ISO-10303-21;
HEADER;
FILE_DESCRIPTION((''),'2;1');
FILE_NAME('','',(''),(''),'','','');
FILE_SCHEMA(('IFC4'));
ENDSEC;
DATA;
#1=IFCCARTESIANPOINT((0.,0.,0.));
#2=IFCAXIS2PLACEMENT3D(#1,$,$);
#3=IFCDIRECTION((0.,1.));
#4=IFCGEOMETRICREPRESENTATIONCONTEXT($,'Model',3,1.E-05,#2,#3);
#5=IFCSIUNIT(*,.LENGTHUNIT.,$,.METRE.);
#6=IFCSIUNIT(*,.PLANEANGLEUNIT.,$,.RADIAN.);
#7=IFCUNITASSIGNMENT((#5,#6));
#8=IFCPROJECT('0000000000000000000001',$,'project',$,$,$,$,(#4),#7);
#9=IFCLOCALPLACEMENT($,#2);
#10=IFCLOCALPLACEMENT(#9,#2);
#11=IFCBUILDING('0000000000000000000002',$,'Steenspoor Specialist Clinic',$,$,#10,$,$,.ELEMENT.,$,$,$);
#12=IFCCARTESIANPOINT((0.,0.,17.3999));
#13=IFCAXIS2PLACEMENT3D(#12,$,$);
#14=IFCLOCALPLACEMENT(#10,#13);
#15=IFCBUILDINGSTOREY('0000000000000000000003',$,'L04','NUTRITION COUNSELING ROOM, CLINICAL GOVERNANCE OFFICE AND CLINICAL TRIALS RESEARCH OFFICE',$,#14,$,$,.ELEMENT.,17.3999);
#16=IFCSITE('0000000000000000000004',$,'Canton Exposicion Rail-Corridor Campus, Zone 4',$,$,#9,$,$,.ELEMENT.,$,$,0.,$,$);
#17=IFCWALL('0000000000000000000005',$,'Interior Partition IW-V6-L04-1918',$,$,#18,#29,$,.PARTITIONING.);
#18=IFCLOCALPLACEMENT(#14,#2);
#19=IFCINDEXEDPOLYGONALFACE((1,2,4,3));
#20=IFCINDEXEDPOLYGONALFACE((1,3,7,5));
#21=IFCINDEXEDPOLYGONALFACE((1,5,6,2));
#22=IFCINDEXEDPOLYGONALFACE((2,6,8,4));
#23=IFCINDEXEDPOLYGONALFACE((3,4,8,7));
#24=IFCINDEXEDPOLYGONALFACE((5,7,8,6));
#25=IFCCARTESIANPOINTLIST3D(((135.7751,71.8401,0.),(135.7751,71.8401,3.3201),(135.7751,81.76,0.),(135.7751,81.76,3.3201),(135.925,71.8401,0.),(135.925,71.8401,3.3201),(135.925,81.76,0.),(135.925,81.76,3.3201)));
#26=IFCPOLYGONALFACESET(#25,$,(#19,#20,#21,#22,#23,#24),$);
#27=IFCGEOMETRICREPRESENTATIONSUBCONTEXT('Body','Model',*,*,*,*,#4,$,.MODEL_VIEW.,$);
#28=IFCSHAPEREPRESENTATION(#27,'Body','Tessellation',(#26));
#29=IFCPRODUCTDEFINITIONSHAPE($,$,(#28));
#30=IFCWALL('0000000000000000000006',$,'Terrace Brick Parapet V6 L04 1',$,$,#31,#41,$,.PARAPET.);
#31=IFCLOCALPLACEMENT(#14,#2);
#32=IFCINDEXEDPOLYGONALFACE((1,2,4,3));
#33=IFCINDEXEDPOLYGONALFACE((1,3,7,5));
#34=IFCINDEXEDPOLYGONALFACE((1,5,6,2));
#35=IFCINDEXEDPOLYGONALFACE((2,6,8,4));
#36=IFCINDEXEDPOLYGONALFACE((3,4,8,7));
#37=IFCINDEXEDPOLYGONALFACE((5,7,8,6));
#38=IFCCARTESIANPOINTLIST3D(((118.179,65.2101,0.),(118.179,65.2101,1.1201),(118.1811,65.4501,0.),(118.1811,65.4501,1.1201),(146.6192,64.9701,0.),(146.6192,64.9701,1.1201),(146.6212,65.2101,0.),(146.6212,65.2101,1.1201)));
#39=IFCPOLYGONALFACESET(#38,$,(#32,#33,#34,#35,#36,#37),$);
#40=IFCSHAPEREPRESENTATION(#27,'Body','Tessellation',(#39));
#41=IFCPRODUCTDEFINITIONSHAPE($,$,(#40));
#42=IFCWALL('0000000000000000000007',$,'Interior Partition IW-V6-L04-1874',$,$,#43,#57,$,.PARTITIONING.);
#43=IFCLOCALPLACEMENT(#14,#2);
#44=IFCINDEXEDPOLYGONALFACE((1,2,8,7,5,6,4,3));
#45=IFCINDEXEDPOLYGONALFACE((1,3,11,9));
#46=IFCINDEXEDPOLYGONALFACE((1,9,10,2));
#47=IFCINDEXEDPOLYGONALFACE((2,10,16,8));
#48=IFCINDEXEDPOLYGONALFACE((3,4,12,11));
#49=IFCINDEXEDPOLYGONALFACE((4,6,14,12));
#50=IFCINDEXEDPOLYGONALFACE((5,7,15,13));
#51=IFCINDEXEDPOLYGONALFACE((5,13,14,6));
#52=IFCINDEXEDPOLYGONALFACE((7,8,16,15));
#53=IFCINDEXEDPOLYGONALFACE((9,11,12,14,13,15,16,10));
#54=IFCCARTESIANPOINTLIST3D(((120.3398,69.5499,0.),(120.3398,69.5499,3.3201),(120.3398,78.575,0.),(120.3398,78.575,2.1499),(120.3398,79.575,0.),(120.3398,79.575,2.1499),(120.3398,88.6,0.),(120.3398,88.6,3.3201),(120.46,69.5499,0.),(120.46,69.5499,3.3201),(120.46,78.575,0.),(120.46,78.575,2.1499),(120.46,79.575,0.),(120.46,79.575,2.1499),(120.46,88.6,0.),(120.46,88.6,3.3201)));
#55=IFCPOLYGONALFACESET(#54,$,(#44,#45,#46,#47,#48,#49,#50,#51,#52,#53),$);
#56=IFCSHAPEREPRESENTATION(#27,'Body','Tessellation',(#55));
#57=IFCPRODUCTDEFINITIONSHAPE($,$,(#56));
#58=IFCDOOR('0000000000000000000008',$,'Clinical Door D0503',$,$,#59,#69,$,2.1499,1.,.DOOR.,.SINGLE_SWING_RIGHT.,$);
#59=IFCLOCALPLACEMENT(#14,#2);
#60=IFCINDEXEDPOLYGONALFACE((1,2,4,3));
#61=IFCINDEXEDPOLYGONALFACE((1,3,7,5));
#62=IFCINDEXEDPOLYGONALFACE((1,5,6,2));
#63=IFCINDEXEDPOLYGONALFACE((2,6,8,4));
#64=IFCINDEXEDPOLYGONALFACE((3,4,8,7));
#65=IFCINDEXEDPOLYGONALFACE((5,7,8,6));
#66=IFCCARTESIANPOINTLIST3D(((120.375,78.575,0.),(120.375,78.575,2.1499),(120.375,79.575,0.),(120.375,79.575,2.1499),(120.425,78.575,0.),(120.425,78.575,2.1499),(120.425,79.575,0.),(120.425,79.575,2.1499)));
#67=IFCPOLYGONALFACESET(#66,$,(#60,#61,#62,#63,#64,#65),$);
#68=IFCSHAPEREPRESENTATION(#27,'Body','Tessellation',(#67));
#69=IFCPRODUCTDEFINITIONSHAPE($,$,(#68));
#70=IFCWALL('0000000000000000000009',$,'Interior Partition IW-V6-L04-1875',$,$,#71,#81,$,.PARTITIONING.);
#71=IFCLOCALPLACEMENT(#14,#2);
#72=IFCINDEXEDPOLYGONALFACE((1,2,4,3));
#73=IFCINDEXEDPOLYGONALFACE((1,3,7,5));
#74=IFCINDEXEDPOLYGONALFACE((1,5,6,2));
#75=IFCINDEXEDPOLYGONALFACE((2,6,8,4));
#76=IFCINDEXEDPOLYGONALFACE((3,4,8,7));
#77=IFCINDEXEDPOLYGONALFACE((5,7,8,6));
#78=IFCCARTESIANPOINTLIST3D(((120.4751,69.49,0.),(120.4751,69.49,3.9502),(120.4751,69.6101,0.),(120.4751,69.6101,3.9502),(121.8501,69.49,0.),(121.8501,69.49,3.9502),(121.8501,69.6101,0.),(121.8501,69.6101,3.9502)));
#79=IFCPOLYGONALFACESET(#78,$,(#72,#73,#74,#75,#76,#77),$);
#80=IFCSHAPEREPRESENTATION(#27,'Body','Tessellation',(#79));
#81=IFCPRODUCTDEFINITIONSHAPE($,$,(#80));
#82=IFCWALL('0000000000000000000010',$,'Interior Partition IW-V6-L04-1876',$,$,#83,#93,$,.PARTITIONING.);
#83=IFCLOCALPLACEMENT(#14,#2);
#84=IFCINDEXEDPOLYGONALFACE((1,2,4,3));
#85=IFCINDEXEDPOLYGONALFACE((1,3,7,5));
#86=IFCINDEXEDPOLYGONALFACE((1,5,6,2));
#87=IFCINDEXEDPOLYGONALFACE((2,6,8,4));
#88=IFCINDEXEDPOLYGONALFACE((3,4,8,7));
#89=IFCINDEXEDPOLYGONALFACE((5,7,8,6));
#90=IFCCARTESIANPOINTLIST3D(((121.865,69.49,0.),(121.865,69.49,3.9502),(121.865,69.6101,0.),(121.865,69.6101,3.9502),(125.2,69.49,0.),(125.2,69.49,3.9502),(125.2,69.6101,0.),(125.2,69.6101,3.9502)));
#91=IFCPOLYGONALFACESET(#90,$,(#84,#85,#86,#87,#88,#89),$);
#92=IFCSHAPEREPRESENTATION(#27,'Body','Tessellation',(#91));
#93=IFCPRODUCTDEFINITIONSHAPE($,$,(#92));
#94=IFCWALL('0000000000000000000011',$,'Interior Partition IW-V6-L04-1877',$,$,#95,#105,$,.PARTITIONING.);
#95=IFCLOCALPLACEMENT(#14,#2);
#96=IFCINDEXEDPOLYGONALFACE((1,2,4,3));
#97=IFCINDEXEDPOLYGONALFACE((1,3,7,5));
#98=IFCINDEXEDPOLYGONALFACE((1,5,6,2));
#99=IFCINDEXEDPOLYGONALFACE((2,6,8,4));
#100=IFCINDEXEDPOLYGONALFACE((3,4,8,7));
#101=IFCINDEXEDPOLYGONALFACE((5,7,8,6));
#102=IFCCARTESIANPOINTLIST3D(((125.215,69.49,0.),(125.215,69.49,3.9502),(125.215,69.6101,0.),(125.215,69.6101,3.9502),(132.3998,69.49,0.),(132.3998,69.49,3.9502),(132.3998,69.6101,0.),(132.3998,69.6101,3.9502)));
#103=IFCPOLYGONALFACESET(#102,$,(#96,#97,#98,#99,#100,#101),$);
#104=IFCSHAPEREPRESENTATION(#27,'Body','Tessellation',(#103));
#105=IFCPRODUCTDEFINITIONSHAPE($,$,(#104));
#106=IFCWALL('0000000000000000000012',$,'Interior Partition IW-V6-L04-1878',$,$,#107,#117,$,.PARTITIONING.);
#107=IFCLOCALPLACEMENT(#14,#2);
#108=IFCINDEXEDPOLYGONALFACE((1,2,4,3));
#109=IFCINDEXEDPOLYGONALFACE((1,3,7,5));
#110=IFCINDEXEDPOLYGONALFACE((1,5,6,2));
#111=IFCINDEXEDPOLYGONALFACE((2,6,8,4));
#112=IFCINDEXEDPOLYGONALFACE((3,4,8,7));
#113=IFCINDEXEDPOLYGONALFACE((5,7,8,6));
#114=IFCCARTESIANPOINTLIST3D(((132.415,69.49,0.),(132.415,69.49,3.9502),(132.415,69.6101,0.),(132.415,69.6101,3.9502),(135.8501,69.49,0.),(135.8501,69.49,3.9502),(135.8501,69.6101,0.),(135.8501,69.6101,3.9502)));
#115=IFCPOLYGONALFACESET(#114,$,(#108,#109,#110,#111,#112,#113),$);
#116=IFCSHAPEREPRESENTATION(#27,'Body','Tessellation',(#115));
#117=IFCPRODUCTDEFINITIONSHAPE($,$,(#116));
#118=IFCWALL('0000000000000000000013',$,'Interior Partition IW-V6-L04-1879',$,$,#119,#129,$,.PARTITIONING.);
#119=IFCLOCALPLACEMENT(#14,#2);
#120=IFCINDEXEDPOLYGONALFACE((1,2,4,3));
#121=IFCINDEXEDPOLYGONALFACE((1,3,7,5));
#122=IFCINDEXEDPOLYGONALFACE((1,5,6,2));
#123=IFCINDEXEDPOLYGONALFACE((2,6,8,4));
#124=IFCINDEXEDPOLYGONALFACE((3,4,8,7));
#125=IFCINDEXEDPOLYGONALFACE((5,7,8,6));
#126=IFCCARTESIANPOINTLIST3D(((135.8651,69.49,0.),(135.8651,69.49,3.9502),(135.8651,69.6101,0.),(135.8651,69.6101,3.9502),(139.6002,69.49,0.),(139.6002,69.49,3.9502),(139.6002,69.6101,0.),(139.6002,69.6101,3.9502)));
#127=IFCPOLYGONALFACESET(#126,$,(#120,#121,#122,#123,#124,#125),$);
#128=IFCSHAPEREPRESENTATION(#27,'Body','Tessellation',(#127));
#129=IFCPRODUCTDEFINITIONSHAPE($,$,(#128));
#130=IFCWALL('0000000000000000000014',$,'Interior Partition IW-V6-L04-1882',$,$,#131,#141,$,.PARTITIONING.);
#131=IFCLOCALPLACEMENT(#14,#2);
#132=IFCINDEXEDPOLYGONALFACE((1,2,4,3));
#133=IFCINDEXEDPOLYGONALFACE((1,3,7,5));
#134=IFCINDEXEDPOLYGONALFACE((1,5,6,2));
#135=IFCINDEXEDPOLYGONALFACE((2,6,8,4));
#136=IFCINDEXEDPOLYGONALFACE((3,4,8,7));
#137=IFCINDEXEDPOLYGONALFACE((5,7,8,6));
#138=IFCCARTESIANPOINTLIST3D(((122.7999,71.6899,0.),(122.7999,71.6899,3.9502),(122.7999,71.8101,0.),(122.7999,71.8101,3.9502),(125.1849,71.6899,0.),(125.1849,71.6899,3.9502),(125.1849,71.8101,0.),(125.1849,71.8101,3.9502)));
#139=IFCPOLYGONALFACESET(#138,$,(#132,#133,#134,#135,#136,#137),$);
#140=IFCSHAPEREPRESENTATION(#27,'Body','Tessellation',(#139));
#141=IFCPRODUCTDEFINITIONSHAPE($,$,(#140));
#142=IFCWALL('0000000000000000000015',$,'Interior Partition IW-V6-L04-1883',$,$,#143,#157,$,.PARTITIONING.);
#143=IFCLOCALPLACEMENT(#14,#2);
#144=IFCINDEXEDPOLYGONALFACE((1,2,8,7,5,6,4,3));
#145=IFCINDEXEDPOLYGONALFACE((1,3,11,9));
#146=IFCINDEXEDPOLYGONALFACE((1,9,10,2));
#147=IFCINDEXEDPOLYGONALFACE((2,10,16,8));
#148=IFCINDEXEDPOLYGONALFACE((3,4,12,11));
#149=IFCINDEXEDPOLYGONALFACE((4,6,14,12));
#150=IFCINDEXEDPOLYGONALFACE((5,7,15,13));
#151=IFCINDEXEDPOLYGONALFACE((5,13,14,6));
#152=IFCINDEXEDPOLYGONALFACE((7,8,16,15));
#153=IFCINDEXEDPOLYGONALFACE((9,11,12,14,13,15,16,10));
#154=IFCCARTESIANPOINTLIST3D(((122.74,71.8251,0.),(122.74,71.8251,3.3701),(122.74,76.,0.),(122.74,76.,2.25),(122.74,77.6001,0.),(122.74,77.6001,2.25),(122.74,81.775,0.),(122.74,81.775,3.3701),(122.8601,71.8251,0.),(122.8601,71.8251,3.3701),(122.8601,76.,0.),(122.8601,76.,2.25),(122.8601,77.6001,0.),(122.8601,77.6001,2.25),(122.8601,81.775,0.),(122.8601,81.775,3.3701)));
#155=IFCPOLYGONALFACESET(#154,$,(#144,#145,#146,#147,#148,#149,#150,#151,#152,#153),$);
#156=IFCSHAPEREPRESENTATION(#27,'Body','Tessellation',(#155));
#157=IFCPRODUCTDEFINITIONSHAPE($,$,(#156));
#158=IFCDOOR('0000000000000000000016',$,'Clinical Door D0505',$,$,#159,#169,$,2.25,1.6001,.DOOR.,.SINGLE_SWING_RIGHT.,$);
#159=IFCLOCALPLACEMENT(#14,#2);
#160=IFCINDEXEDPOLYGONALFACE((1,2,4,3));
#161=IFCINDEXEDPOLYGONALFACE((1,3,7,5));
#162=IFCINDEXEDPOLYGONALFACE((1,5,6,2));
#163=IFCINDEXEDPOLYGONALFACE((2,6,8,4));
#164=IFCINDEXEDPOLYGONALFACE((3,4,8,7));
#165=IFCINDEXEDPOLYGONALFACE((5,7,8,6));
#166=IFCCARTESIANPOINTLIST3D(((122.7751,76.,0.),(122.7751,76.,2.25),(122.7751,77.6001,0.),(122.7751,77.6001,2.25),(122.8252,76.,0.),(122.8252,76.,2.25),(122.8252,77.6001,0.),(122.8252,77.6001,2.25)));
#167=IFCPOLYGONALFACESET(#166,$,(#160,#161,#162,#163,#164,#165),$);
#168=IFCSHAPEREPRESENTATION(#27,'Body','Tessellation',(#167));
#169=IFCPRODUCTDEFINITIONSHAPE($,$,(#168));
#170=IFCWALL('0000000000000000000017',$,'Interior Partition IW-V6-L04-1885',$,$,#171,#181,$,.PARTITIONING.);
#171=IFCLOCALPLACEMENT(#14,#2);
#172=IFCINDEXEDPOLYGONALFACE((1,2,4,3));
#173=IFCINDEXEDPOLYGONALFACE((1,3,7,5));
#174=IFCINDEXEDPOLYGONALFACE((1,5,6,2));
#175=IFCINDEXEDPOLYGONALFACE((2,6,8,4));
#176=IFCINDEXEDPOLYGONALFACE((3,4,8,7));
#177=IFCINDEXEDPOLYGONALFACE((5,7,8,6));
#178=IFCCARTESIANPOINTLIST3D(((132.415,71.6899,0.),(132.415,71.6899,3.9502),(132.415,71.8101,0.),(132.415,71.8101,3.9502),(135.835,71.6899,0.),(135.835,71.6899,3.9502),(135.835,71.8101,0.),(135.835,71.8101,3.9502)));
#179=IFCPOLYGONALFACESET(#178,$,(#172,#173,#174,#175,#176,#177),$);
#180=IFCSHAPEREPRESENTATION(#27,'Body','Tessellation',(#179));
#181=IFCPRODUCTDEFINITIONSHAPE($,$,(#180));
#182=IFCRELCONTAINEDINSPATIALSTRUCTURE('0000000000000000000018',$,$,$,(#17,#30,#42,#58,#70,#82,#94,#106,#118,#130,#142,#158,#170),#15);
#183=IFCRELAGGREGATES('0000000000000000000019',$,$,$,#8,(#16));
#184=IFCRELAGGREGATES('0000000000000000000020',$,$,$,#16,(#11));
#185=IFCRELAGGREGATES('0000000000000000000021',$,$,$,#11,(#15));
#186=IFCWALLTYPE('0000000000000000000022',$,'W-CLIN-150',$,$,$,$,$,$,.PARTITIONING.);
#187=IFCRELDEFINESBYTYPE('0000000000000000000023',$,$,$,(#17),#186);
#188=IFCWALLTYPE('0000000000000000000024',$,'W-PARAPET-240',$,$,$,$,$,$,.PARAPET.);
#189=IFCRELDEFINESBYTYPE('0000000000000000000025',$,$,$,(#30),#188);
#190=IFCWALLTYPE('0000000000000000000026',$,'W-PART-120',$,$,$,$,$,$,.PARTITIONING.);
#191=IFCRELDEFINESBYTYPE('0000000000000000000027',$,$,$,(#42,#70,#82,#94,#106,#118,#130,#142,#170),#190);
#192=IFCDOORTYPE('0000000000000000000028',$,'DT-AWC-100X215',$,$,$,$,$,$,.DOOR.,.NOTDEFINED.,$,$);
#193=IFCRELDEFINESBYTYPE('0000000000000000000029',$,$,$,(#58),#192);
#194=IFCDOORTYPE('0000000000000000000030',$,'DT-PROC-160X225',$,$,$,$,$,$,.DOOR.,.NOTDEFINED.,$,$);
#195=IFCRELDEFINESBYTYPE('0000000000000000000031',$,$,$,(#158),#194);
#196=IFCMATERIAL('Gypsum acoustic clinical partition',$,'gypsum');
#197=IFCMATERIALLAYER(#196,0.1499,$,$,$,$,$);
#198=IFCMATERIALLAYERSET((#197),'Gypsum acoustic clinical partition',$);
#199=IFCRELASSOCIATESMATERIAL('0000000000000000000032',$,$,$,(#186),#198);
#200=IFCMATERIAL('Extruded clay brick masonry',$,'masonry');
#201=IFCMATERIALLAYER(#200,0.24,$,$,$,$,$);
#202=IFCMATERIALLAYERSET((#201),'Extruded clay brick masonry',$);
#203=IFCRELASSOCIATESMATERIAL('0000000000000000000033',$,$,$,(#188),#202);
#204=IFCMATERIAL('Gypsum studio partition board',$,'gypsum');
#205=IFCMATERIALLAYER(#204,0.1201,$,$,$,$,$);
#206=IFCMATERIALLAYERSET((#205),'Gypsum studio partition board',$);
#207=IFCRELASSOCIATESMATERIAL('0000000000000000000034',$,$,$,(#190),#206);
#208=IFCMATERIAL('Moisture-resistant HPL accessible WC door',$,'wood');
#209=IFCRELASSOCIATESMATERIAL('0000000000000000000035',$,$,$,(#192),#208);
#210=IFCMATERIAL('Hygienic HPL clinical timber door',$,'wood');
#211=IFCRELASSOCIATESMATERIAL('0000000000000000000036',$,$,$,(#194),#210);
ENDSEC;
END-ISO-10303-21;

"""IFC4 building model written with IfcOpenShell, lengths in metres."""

from ifc_helpers import new_model, si_unit, direction, frame, frame_2d, origin, place, context, subcontext, project, spatial, rectangle, extrude, material, layer, layer_set, type_object, element, fill, save


model = new_model("IFC4")

# Units and contexts
model_context = context("Model", 3, precision=1e-05, world=origin(), true_north=direction((0.0, 1.0)))
body_context = subcontext(model_context, "Body", "Model", "MODEL_VIEW")
ifc_project = project(units=[si_unit("LENGTHUNIT", "METRE"), si_unit("PLANEANGLEUNIT", "RADIAN")], contexts=[model_context])

# Site, building, storey
site_placement = place(None, origin())
site = spatial("IfcSite", under=ifc_project, at=site_placement, Name="Canton Exposicion Rail-Corridor Campus, Zone 4", CompositionType="ELEMENT", RefElevation=0.0)
building_placement = place(site_placement, origin())
building = spatial("IfcBuilding", under=site, at=building_placement, Name="Steenspoor Specialist Clinic", CompositionType="ELEMENT")
storey_placement = place(building_placement, frame((0.0, 0.0, 17.3999)))
storey = spatial("IfcBuildingStorey", under=building, at=storey_placement, Name="L04", Description="NUTRITION COUNSELING ROOM, CLINICAL GOVERNANCE OFFICE AND CLINICAL TRIALS RESEARCH OFFICE", CompositionType="ELEMENT", Elevation=17.3999)

# Shared definitions
ifc_material_1 = material(Name="Extruded clay brick masonry", Category="masonry")

# Walls
ifc_material_2 = material(Name="Gypsum acoustic clinical partition", Category="gypsum")
ifc_layer_1 = layer(ifc_material_2, 0.1499)
ifc_layer_set_1 = layer_set([ifc_layer_1], Name="Gypsum acoustic clinical partition")
wall_type_1 = type_object("IfcWallType", Name="W-CLIN-150", PredefinedType="PARTITIONING", material=ifc_layer_set_1)
wall_1_placement = place(storey_placement, frame((135.8501, 71.8401, 0.0), z_axis=(0.0, 0.0, 1.0), x_axis=(0.0, 1.0, 0.0)))
element("IfcWall", 1, at=wall_1_placement, inside=storey, type_object=wall_type_1, Name="Interior Partition IW-V6-L04-1918", PredefinedType="PARTITIONING", context=body_context, shape_type="SweptSolid", body=[
    extrude(rectangle(XDim=9.9199, YDim=0.1499, at=frame_2d((4.96, 0.0))), origin(), (0.0, 0.0, 1.0), 3.3201),
])
ifc_layer_2 = layer(ifc_material_1, 0.24)
ifc_layer_set_2 = layer_set([ifc_layer_2], Name="Extruded clay brick masonry")
wall_type_2 = type_object("IfcWallType", Name="W-PARAPET-240", PredefinedType="PARAPET", material=ifc_layer_set_2)
wall_2_placement = place(storey_placement, frame((118.1799, 65.3301, 0.0), z_axis=(0.0, 0.0, 1.0), x_axis=(0.999964, -0.008438, 0.0)))
element("IfcWall", 2, at=wall_2_placement, inside=storey, type_object=wall_type_2, Name="Terrace Brick Parapet V6 L04 1", PredefinedType="PARAPET", context=body_context, shape_type="SweptSolid", body=[
    extrude(rectangle(XDim=28.4412, YDim=0.24, at=frame_2d((14.2207, 0.0))), origin(), (0.0, 0.0, 1.0), 1.1201),
])

# Wall, opening, door
ifc_material_3 = material(Name="Gypsum studio partition board", Category="gypsum")
ifc_layer_3 = layer(ifc_material_3, 0.1201)
ifc_layer_set_3 = layer_set([ifc_layer_3], Name="Gypsum studio partition board")
wall_type_3 = type_object("IfcWallType", Name="W-PART-120", PredefinedType="PARTITIONING", material=ifc_layer_set_3)
wall_3_placement = place(storey_placement, frame((120.3999, 69.55, 0.0), z_axis=(0.0, 0.0, 1.0), x_axis=(0.0, 1.0, 0.0)))
wall_3 = element("IfcWall", 3, at=wall_3_placement, inside=storey, type_object=wall_type_3, Name="Interior Partition IW-V6-L04-1874", PredefinedType="PARTITIONING", context=body_context, shape_type="SweptSolid", body=[
    extrude(rectangle(XDim=19.05, YDim=0.1201, at=frame_2d((9.5249, 0.0))), origin(), (0.0, 0.0, 1.0), 3.3201),
])
opening_1_placement = place(wall_3_placement, frame((9.0249, 0.0, 0.0)))
opening_1 = element("IfcOpeningElement", 4, at=opening_1_placement, cuts=wall_3, PredefinedType="OPENING", context=body_context, shape_type="SweptSolid", body=[
    extrude(rectangle(XDim=1.0, YDim=2.1499, at=frame_2d((0.5, 1.075))), frame((0.0, 0.0701, 0.0), z_axis=(0.0, -1.0, 0.0), x_axis=(1.0, 0.0, 0.0)), (0.0, 0.0, 1.0), 0.1401),
])
ifc_material_4 = material(Name="Moisture-resistant HPL accessible WC door", Category="wood")
door_type_1 = type_object("IfcDoorType", Name="DT-AWC-100X215", OperationType="NOTDEFINED", PredefinedType="DOOR", material=ifc_material_4)
door_1_placement = place(opening_1_placement, origin())
door_1 = element("IfcDoor", 5, at=door_1_placement, inside=storey, type_object=door_type_1, Name="Clinical Door D0503", OperationType="SINGLE_SWING_RIGHT", OverallHeight=2.1499, OverallWidth=1.0, PredefinedType="DOOR", context=body_context, shape_type="SweptSolid", body=[
    extrude(rectangle(XDim=1.0, YDim=2.1499, at=frame_2d((0.5, 1.075))), frame((0.0, 0.0249, 0.0), z_axis=(0.0, -1.0, 0.0), x_axis=(1.0, 0.0, 0.0)), (0.0, 0.0, 1.0), 0.05),
])
fill(opening_1, door_1)

# Walls
wall_4_placement = place(storey_placement, frame((120.4751, 69.55, 0.0), z_axis=(0.0, 0.0, 1.0), x_axis=(1.0, 0.0, 0.0)))
element("IfcWall", 6, at=wall_4_placement, inside=storey, type_object=wall_type_3, Name="Interior Partition IW-V6-L04-1875", PredefinedType="PARTITIONING", context=body_context, shape_type="SweptSolid", body=[
    extrude(rectangle(XDim=1.375, YDim=0.1201, at=frame_2d((0.6875, 0.0))), origin(), (0.0, 0.0, 1.0), 3.9502),
])
wall_5_placement = place(storey_placement, frame((121.865, 69.55, 0.0), z_axis=(0.0, 0.0, 1.0), x_axis=(1.0, 0.0, 0.0)))
element("IfcWall", 7, at=wall_5_placement, inside=storey, type_object=wall_type_3, Name="Interior Partition IW-V6-L04-1876", PredefinedType="PARTITIONING", context=body_context, shape_type="SweptSolid", body=[
    extrude(rectangle(XDim=3.335, YDim=0.1201, at=frame_2d((1.6675, 0.0))), origin(), (0.0, 0.0, 1.0), 3.9502),
])
wall_6_placement = place(storey_placement, frame((125.2151, 69.55, 0.0), z_axis=(0.0, 0.0, 1.0), x_axis=(1.0, 0.0, 0.0)))
element("IfcWall", 8, at=wall_6_placement, inside=storey, type_object=wall_type_3, Name="Interior Partition IW-V6-L04-1877", PredefinedType="PARTITIONING", context=body_context, shape_type="SweptSolid", body=[
    extrude(rectangle(XDim=7.1848, YDim=0.1201, at=frame_2d((3.5923, 0.0))), origin(), (0.0, 0.0, 1.0), 3.9502),
])
wall_7_placement = place(storey_placement, frame((132.415, 69.55, 0.0), z_axis=(0.0, 0.0, 1.0), x_axis=(1.0, 0.0, 0.0)))
element("IfcWall", 9, at=wall_7_placement, inside=storey, type_object=wall_type_3, Name="Interior Partition IW-V6-L04-1878", PredefinedType="PARTITIONING", context=body_context, shape_type="SweptSolid", body=[
    extrude(rectangle(XDim=3.4351, YDim=0.1201, at=frame_2d((1.7175, 0.0))), origin(), (0.0, 0.0, 1.0), 3.9502),
])
wall_8_placement = place(storey_placement, frame((135.865, 69.55, 0.0), z_axis=(0.0, 0.0, 1.0), x_axis=(1.0, 0.0, 0.0)))
element("IfcWall", 10, at=wall_8_placement, inside=storey, type_object=wall_type_3, Name="Interior Partition IW-V6-L04-1879", PredefinedType="PARTITIONING", context=body_context, shape_type="SweptSolid", body=[
    extrude(rectangle(XDim=3.7351, YDim=0.1201, at=frame_2d((1.8677, 0.0))), origin(), (0.0, 0.0, 1.0), 3.9502),
])
wall_9_placement = place(storey_placement, frame((122.8, 71.75, 0.0), z_axis=(0.0, 0.0, 1.0), x_axis=(1.0, 0.0, 0.0)))
element("IfcWall", 11, at=wall_9_placement, inside=storey, type_object=wall_type_3, Name="Interior Partition IW-V6-L04-1882", PredefinedType="PARTITIONING", context=body_context, shape_type="SweptSolid", body=[
    extrude(rectangle(XDim=2.385, YDim=0.1201, at=frame_2d((1.1924, 0.0))), origin(), (0.0, 0.0, 1.0), 3.9502),
])

# Wall, opening, door
wall_10_placement = place(storey_placement, frame((122.8, 71.825, 0.0), z_axis=(0.0, 0.0, 1.0), x_axis=(0.0, 1.0, 0.0)))
wall_10 = element("IfcWall", 12, at=wall_10_placement, inside=storey, type_object=wall_type_3, Name="Interior Partition IW-V6-L04-1883", PredefinedType="PARTITIONING", context=body_context, shape_type="SweptSolid", body=[
    extrude(rectangle(XDim=9.95, YDim=0.1201, at=frame_2d((4.9751, 0.0))), origin(), (0.0, 0.0, 1.0), 3.3701),
])
opening_2_placement = place(wall_10_placement, frame((4.175, 0.0, 0.0)))
opening_2 = element("IfcOpeningElement", 13, at=opening_2_placement, cuts=wall_10, PredefinedType="OPENING", context=body_context, shape_type="SweptSolid", body=[
    extrude(rectangle(XDim=1.6001, YDim=2.25, at=frame_2d((0.8, 1.125))), frame((0.0, 0.0701, 0.0), z_axis=(0.0, -1.0, 0.0), x_axis=(1.0, 0.0, 0.0)), (0.0, 0.0, 1.0), 0.1401),
])
ifc_material_5 = material(Name="Hygienic HPL clinical timber door", Category="wood")
door_type_2 = type_object("IfcDoorType", Name="DT-PROC-160X225", OperationType="NOTDEFINED", PredefinedType="DOOR", material=ifc_material_5)
door_2_placement = place(opening_2_placement, origin())
door_2 = element("IfcDoor", 14, at=door_2_placement, inside=storey, type_object=door_type_2, Name="Clinical Door D0505", OperationType="SINGLE_SWING_RIGHT", OverallHeight=2.25, OverallWidth=1.6001, PredefinedType="DOOR", context=body_context, shape_type="SweptSolid", body=[
    extrude(rectangle(XDim=1.6001, YDim=2.25, at=frame_2d((0.8, 1.125))), frame((0.0, 0.0249, 0.0), z_axis=(0.0, -1.0, 0.0), x_axis=(1.0, 0.0, 0.0)), (0.0, 0.0, 1.0), 0.05),
])
fill(opening_2, door_2)

# Wall
wall_11_placement = place(storey_placement, frame((132.415, 71.75, 0.0), z_axis=(0.0, 0.0, 1.0), x_axis=(1.0, 0.0, 0.0)))
element("IfcWall", 15, at=wall_11_placement, inside=storey, type_object=wall_type_3, Name="Interior Partition IW-V6-L04-1885", PredefinedType="PARTITIONING", context=body_context, shape_type="SweptSolid", body=[
    extrude(rectangle(XDim=3.4199, YDim=0.1201, at=frame_2d((1.71, 0.0))), origin(), (0.0, 0.0, 1.0), 3.9502),
])

save(model, "model.ifc")
